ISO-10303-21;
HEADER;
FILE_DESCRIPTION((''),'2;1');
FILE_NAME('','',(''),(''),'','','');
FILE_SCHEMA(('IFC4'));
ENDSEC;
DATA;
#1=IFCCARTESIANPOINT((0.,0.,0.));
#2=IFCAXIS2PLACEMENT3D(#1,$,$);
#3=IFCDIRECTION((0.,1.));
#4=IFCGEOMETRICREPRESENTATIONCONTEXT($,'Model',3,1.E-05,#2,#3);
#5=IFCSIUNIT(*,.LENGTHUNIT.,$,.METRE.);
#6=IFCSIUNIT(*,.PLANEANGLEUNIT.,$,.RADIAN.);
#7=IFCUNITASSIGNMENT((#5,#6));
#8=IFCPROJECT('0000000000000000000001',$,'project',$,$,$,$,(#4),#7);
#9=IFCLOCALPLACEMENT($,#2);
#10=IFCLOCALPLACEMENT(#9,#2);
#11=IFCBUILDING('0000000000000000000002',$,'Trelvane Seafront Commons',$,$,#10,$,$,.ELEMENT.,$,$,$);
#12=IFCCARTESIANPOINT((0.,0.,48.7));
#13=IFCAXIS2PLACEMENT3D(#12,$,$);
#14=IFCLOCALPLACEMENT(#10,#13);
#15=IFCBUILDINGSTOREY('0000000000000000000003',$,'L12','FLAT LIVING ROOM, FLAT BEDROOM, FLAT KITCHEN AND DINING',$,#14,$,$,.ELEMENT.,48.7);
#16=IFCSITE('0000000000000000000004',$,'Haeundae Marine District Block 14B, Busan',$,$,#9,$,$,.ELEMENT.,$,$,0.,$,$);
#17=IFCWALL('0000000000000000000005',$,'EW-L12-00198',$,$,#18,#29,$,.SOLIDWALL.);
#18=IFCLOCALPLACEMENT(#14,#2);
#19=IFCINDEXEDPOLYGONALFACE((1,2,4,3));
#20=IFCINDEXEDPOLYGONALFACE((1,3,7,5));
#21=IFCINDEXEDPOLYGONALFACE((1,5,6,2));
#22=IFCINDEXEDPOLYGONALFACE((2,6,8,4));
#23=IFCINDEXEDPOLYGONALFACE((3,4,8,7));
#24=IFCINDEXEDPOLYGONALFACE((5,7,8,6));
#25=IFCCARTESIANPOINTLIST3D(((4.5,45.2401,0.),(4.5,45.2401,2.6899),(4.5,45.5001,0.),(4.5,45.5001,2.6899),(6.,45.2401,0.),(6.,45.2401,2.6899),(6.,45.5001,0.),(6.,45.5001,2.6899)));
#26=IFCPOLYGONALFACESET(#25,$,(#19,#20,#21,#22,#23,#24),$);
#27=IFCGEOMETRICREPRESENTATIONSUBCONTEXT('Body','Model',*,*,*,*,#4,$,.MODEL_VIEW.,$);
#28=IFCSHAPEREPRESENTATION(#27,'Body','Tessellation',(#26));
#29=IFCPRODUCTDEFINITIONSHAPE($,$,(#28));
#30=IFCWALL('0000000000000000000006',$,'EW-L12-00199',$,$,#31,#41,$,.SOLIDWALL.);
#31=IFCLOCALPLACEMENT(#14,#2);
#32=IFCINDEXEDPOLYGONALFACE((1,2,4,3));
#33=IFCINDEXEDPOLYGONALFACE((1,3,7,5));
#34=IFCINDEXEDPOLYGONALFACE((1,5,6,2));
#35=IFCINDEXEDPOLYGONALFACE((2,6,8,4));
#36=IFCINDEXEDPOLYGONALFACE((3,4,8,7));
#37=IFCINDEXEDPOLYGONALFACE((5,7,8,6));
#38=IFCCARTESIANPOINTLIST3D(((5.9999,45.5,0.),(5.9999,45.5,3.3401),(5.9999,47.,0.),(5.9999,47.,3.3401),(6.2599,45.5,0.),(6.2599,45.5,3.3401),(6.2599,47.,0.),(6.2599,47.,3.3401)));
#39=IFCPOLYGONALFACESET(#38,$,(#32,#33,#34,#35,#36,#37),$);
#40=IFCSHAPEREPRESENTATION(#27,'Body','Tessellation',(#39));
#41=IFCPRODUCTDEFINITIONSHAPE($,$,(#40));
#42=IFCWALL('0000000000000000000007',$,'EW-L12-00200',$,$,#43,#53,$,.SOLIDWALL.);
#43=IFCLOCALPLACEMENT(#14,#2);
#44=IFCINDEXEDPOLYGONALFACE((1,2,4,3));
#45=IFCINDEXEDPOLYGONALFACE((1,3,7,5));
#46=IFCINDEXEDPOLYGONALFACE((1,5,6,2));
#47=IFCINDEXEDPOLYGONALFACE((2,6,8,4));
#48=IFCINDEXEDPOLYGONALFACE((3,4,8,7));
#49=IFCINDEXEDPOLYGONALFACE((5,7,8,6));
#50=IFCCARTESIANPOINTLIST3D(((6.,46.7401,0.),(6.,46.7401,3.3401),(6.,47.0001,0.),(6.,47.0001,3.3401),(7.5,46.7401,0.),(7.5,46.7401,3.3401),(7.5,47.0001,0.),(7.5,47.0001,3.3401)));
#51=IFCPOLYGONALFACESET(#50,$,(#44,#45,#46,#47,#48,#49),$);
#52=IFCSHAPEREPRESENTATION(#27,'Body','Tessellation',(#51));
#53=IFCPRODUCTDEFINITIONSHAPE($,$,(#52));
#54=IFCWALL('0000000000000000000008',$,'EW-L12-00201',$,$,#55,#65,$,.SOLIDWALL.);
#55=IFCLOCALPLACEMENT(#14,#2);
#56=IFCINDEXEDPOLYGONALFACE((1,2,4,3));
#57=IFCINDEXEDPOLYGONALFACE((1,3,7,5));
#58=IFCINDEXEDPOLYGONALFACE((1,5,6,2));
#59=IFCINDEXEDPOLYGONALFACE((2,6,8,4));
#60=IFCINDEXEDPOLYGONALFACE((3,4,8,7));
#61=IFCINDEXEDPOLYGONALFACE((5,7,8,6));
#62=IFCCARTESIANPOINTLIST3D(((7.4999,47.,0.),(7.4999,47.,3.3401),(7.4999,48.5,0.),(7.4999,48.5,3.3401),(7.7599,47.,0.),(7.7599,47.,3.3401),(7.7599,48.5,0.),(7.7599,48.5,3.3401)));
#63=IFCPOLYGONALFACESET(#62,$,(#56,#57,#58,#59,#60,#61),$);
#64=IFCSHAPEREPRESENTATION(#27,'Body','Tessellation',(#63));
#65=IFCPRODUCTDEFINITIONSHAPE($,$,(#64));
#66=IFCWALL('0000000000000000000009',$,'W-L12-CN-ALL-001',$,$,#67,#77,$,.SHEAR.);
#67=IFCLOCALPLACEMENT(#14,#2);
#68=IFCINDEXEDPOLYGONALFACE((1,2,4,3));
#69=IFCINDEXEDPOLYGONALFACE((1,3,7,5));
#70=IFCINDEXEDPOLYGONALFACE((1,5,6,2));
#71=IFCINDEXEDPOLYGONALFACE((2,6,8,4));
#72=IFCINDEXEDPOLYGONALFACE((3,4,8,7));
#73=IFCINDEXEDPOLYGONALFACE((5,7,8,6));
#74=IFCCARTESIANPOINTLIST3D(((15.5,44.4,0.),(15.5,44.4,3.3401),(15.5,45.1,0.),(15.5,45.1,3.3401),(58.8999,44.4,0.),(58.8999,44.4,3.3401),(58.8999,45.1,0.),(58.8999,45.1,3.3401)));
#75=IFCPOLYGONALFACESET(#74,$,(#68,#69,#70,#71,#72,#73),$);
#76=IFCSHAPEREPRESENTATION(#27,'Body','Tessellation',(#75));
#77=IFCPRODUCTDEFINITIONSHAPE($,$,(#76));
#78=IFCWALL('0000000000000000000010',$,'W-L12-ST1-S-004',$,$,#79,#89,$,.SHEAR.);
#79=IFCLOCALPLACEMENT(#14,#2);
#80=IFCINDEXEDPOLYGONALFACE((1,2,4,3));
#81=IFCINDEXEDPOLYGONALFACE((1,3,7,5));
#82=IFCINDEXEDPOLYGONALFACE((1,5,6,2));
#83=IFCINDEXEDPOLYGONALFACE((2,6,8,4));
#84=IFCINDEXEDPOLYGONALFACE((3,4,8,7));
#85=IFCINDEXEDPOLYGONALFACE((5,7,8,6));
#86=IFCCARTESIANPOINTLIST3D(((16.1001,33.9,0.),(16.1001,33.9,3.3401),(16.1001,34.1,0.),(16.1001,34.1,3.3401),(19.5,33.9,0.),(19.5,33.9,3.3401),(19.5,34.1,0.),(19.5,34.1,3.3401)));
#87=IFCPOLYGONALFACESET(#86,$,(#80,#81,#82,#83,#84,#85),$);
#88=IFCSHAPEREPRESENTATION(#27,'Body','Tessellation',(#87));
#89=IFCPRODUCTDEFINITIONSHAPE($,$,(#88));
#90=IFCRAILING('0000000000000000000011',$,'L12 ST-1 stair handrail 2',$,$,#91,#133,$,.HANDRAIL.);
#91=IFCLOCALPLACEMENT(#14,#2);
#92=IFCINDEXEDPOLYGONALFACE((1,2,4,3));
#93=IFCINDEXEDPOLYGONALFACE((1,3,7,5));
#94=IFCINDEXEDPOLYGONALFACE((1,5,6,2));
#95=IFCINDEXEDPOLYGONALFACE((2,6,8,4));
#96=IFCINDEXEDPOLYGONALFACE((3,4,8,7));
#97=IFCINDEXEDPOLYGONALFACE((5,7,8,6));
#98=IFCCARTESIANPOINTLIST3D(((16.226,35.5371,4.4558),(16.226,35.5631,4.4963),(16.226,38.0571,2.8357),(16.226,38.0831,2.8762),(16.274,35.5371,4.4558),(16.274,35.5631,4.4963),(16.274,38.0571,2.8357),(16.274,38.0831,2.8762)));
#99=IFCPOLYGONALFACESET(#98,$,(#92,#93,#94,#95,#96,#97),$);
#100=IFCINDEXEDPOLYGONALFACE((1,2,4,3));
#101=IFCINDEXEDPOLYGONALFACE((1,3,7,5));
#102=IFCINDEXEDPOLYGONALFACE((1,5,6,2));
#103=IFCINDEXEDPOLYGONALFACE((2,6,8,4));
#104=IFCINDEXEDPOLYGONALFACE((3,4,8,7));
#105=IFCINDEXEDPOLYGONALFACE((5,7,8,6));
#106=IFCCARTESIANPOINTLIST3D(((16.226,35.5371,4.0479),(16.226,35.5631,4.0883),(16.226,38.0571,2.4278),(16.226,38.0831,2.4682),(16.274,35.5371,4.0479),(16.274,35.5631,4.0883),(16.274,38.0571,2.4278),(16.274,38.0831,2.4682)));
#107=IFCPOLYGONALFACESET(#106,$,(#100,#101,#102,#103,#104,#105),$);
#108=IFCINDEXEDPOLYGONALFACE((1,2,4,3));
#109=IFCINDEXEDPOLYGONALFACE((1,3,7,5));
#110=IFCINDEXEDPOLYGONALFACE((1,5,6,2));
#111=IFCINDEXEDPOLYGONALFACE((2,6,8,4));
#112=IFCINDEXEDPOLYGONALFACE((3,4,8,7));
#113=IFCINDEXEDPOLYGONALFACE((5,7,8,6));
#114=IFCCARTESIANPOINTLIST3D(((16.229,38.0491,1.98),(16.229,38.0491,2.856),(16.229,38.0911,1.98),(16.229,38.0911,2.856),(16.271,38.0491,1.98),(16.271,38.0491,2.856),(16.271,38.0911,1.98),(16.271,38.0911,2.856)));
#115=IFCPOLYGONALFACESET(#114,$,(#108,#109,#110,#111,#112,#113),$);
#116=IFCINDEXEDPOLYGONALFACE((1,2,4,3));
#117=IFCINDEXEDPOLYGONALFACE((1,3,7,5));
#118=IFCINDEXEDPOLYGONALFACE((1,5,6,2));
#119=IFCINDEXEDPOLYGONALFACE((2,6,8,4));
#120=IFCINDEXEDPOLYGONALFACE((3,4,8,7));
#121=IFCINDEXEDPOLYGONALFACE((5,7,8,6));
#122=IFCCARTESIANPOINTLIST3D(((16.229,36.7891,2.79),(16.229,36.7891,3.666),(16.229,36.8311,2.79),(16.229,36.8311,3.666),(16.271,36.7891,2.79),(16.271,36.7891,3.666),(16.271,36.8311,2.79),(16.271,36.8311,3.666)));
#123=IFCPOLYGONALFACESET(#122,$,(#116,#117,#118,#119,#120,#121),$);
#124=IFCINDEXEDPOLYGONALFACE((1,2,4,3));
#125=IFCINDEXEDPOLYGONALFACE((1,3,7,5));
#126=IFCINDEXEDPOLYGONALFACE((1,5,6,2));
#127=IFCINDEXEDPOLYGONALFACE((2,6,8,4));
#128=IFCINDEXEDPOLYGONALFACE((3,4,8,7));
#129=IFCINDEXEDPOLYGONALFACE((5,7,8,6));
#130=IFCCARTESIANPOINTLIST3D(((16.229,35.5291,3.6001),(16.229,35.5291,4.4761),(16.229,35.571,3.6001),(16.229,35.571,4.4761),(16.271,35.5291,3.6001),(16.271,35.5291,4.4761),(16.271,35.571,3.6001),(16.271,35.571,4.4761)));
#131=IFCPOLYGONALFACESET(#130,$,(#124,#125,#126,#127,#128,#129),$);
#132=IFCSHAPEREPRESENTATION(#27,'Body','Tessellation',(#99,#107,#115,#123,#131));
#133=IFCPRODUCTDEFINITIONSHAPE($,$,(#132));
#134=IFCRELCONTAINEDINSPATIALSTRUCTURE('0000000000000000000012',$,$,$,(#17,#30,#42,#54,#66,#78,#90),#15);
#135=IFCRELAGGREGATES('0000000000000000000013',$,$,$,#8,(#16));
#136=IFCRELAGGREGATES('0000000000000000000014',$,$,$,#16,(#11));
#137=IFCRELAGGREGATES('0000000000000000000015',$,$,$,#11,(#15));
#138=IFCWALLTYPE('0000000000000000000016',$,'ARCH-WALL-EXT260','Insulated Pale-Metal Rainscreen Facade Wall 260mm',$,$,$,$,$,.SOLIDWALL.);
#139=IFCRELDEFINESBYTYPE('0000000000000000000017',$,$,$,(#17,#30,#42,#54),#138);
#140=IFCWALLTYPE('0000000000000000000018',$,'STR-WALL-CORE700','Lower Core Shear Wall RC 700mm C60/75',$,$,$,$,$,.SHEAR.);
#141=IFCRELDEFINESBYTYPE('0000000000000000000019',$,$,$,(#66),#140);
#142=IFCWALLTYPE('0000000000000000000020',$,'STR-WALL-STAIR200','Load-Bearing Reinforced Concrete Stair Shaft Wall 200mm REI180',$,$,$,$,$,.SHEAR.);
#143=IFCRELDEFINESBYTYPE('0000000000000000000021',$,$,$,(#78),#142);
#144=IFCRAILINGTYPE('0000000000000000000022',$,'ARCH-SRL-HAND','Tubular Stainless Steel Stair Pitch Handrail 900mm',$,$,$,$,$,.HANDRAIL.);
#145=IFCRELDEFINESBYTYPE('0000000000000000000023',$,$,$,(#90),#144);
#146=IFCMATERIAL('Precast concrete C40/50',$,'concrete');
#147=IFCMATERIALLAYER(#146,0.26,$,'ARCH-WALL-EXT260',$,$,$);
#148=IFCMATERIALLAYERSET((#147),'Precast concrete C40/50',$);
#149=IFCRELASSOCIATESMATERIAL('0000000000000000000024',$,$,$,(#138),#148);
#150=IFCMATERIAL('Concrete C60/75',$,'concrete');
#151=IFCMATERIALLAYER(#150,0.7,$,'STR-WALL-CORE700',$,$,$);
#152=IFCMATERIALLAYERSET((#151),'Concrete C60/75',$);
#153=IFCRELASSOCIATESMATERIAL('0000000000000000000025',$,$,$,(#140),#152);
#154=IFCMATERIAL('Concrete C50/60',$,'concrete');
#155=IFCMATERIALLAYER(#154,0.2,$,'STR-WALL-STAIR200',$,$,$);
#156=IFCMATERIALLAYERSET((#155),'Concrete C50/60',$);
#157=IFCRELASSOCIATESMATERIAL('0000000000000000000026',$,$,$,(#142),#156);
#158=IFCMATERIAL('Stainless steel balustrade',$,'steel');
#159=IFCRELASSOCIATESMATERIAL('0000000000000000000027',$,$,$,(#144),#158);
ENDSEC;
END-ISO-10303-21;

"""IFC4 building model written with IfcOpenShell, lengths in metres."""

from ifc_helpers import new_model, si_unit, direction, frame, frame_2d, origin, origin_2d, place, context, subcontext, project, spatial, rectangle, extrude, material, layer, layer_set, type_object, element, save


model = new_model("IFC4")

# Units and contexts
model_context = context("Model", 3, precision=1e-05, world=origin(), true_north=direction((0.0, 1.0)))
body_context = subcontext(model_context, "Body", "Model", "MODEL_VIEW")
ifc_project = project(units=[si_unit("LENGTHUNIT", "METRE"), si_unit("PLANEANGLEUNIT", "RADIAN")], contexts=[model_context])

# Site, building, storey
site_placement = place(None, origin())
site = spatial("IfcSite", under=ifc_project, at=site_placement, Name="Haeundae Marine District Block 14B, Busan", CompositionType="ELEMENT", RefElevation=0.0)
building_placement = place(site_placement, origin())
building = spatial("IfcBuilding", under=site, at=building_placement, Name="Trelvane Seafront Commons", CompositionType="ELEMENT")
storey_placement = place(building_placement, frame((0.0, 0.0, 48.7)))
storey = spatial("IfcBuildingStorey", under=building, at=storey_placement, Name="L12", Description="FLAT LIVING ROOM, FLAT BEDROOM, FLAT KITCHEN AND DINING", CompositionType="ELEMENT", Elevation=48.7)

# Shared definitions
ifc_material_1 = material(Name="Concrete C60/75", Category="concrete")

# Shared definitions
ifc_material_2 = material(Name="Precast concrete C40/50", Category="concrete")
ifc_layer_1 = layer(ifc_material_2, 0.26, Name="ARCH-WALL-EXT260")
ifc_layer_set_1 = layer_set([ifc_layer_1], Name="Precast concrete C40/50")
wall_type_1 = type_object("IfcWallType", Name="ARCH-WALL-EXT260", Description="Insulated Pale-Metal Rainscreen Facade Wall 260mm", PredefinedType="SOLIDWALL", material=ifc_layer_set_1)

# Walls
wall_1_placement = place(storey_placement, frame((4.5, 45.3701, 0.0), z_axis=(0.0, 0.0, 1.0), x_axis=(1.0, 0.0, 0.0)))
element("IfcWall", 1, at=wall_1_placement, inside=storey, type_object=wall_type_1, Name="EW-L12-00198", PredefinedType="SOLIDWALL", context=body_context, shape_type="SweptSolid", body=[
    extrude(rectangle(XDim=1.5, YDim=0.26, at=frame_2d((0.75, 0.0))), origin(), (0.0, 0.0, 1.0), 2.6899),
])
for number, where, z_axis, x_axis, name in (
    (2, (6.1299, 45.5, 0.0), (0.0, 0.0, 1.0), (0.0, 1.0, 0.0), "EW-L12-00199"),
    (3, (6.0, 46.8701, 0.0), (0.0, 0.0, 1.0), (1.0, 0.0, 0.0), "EW-L12-00200"),
    (4, (7.6299, 47.0, 0.0), (0.0, 0.0, 1.0), (0.0, 1.0, 0.0), "EW-L12-00201"),
):
    element("IfcWall", number, at=place(storey_placement, frame(where, z_axis=z_axis, x_axis=x_axis)), inside=storey, type_object=wall_type_1, Name=name, PredefinedType="SOLIDWALL", context=body_context, shape_type="SweptSolid", body=[
        extrude(rectangle(XDim=1.5, YDim=0.26, at=frame_2d((0.75, 0.0))), origin(), (0.0, 0.0, 1.0), 3.3401),
    ])

# Walls
ifc_layer_2 = layer(ifc_material_1, 0.7, Name="STR-WALL-CORE700")
ifc_layer_set_2 = layer_set([ifc_layer_2], Name="Concrete C60/75")
wall_type_2 = type_object("IfcWallType", Name="STR-WALL-CORE700", Description="Lower Core Shear Wall RC 700mm C60/75", PredefinedType="SHEAR", material=ifc_layer_set_2)
wall_2_placement = place(storey_placement, frame((15.5, 44.75, 0.0), z_axis=(0.0, 0.0, 1.0), x_axis=(1.0, 0.0, 0.0)))
element("IfcWall", 5, at=wall_2_placement, inside=storey, type_object=wall_type_2, Name="W-L12-CN-ALL-001", PredefinedType="SHEAR", context=body_context, shape_type="SweptSolid", body=[
    extrude(rectangle(XDim=43.3999, YDim=0.7, at=frame_2d((21.7, 0.0))), origin(), (0.0, 0.0, 1.0), 3.3401),
])
ifc_material_3 = material(Name="Concrete C50/60", Category="concrete")
ifc_layer_3 = layer(ifc_material_3, 0.2, Name="STR-WALL-STAIR200")
ifc_layer_set_3 = layer_set([ifc_layer_3], Name="Concrete C50/60")
wall_type_3 = type_object("IfcWallType", Name="STR-WALL-STAIR200", Description="Load-Bearing Reinforced Concrete Stair Shaft Wall 200mm REI180", PredefinedType="SHEAR", material=ifc_layer_set_3)
wall_3_placement = place(storey_placement, frame((16.1001, 34.0, 0.0), z_axis=(0.0, 0.0, 1.0), x_axis=(1.0, 0.0, 0.0)))
element("IfcWall", 6, at=wall_3_placement, inside=storey, type_object=wall_type_3, Name="W-L12-ST1-S-004", PredefinedType="SHEAR", context=body_context, shape_type="SweptSolid", body=[
    extrude(rectangle(XDim=3.3999, YDim=0.2, at=frame_2d((1.7, 0.0))), origin(), (0.0, 0.0, 1.0), 3.3401),
])

# Railing
ifc_material_4 = material(Name="Stainless steel balustrade", Category="steel")
railing_type = type_object("IfcRailingType", Name="ARCH-SRL-HAND", Description="Tubular Stainless Steel Stair Pitch Handrail 900mm", PredefinedType="HANDRAIL", material=ifc_material_4)
railing_placement = place(storey_placement, frame((16.25, 38.0701, 1.98)))
element("IfcRailing", 7, at=railing_placement, inside=storey, type_object=railing_type, Name="L12 ST-1 stair handrail 2", PredefinedType="HANDRAIL", context=body_context, shape_type="SweptSolid", body=[
    extrude(rectangle(XDim=0.0481, YDim=0.0481, at=origin_2d()), frame((0.0, 0.0, 0.876), z_axis=(0.0, -0.841163, 0.540782), x_axis=(1.0, 0.0, 0.0)), (0.0, 0.0, 1.0), 2.9958),
    extrude(rectangle(XDim=0.0481, YDim=0.0481, at=origin_2d()), frame((0.0, 0.0, 0.468), z_axis=(0.0, -0.841163, 0.540782), x_axis=(1.0, 0.0, 0.0)), (0.0, 0.0, 1.0), 2.9958),
    extrude(rectangle(XDim=0.042, YDim=0.042, at=origin_2d()), origin(), (0.0, 0.0, 1.0), 0.876),
    extrude(rectangle(XDim=0.042, YDim=0.042, at=origin_2d()), frame((0.0, -1.26, 0.8101)), (0.0, 0.0, 1.0), 0.876),
    extrude(rectangle(XDim=0.042, YDim=0.042, at=origin_2d()), frame((0.0, -2.52, 1.6201)), (0.0, 0.0, 1.0), 0.876),
])

save(model, "model.ifc")
